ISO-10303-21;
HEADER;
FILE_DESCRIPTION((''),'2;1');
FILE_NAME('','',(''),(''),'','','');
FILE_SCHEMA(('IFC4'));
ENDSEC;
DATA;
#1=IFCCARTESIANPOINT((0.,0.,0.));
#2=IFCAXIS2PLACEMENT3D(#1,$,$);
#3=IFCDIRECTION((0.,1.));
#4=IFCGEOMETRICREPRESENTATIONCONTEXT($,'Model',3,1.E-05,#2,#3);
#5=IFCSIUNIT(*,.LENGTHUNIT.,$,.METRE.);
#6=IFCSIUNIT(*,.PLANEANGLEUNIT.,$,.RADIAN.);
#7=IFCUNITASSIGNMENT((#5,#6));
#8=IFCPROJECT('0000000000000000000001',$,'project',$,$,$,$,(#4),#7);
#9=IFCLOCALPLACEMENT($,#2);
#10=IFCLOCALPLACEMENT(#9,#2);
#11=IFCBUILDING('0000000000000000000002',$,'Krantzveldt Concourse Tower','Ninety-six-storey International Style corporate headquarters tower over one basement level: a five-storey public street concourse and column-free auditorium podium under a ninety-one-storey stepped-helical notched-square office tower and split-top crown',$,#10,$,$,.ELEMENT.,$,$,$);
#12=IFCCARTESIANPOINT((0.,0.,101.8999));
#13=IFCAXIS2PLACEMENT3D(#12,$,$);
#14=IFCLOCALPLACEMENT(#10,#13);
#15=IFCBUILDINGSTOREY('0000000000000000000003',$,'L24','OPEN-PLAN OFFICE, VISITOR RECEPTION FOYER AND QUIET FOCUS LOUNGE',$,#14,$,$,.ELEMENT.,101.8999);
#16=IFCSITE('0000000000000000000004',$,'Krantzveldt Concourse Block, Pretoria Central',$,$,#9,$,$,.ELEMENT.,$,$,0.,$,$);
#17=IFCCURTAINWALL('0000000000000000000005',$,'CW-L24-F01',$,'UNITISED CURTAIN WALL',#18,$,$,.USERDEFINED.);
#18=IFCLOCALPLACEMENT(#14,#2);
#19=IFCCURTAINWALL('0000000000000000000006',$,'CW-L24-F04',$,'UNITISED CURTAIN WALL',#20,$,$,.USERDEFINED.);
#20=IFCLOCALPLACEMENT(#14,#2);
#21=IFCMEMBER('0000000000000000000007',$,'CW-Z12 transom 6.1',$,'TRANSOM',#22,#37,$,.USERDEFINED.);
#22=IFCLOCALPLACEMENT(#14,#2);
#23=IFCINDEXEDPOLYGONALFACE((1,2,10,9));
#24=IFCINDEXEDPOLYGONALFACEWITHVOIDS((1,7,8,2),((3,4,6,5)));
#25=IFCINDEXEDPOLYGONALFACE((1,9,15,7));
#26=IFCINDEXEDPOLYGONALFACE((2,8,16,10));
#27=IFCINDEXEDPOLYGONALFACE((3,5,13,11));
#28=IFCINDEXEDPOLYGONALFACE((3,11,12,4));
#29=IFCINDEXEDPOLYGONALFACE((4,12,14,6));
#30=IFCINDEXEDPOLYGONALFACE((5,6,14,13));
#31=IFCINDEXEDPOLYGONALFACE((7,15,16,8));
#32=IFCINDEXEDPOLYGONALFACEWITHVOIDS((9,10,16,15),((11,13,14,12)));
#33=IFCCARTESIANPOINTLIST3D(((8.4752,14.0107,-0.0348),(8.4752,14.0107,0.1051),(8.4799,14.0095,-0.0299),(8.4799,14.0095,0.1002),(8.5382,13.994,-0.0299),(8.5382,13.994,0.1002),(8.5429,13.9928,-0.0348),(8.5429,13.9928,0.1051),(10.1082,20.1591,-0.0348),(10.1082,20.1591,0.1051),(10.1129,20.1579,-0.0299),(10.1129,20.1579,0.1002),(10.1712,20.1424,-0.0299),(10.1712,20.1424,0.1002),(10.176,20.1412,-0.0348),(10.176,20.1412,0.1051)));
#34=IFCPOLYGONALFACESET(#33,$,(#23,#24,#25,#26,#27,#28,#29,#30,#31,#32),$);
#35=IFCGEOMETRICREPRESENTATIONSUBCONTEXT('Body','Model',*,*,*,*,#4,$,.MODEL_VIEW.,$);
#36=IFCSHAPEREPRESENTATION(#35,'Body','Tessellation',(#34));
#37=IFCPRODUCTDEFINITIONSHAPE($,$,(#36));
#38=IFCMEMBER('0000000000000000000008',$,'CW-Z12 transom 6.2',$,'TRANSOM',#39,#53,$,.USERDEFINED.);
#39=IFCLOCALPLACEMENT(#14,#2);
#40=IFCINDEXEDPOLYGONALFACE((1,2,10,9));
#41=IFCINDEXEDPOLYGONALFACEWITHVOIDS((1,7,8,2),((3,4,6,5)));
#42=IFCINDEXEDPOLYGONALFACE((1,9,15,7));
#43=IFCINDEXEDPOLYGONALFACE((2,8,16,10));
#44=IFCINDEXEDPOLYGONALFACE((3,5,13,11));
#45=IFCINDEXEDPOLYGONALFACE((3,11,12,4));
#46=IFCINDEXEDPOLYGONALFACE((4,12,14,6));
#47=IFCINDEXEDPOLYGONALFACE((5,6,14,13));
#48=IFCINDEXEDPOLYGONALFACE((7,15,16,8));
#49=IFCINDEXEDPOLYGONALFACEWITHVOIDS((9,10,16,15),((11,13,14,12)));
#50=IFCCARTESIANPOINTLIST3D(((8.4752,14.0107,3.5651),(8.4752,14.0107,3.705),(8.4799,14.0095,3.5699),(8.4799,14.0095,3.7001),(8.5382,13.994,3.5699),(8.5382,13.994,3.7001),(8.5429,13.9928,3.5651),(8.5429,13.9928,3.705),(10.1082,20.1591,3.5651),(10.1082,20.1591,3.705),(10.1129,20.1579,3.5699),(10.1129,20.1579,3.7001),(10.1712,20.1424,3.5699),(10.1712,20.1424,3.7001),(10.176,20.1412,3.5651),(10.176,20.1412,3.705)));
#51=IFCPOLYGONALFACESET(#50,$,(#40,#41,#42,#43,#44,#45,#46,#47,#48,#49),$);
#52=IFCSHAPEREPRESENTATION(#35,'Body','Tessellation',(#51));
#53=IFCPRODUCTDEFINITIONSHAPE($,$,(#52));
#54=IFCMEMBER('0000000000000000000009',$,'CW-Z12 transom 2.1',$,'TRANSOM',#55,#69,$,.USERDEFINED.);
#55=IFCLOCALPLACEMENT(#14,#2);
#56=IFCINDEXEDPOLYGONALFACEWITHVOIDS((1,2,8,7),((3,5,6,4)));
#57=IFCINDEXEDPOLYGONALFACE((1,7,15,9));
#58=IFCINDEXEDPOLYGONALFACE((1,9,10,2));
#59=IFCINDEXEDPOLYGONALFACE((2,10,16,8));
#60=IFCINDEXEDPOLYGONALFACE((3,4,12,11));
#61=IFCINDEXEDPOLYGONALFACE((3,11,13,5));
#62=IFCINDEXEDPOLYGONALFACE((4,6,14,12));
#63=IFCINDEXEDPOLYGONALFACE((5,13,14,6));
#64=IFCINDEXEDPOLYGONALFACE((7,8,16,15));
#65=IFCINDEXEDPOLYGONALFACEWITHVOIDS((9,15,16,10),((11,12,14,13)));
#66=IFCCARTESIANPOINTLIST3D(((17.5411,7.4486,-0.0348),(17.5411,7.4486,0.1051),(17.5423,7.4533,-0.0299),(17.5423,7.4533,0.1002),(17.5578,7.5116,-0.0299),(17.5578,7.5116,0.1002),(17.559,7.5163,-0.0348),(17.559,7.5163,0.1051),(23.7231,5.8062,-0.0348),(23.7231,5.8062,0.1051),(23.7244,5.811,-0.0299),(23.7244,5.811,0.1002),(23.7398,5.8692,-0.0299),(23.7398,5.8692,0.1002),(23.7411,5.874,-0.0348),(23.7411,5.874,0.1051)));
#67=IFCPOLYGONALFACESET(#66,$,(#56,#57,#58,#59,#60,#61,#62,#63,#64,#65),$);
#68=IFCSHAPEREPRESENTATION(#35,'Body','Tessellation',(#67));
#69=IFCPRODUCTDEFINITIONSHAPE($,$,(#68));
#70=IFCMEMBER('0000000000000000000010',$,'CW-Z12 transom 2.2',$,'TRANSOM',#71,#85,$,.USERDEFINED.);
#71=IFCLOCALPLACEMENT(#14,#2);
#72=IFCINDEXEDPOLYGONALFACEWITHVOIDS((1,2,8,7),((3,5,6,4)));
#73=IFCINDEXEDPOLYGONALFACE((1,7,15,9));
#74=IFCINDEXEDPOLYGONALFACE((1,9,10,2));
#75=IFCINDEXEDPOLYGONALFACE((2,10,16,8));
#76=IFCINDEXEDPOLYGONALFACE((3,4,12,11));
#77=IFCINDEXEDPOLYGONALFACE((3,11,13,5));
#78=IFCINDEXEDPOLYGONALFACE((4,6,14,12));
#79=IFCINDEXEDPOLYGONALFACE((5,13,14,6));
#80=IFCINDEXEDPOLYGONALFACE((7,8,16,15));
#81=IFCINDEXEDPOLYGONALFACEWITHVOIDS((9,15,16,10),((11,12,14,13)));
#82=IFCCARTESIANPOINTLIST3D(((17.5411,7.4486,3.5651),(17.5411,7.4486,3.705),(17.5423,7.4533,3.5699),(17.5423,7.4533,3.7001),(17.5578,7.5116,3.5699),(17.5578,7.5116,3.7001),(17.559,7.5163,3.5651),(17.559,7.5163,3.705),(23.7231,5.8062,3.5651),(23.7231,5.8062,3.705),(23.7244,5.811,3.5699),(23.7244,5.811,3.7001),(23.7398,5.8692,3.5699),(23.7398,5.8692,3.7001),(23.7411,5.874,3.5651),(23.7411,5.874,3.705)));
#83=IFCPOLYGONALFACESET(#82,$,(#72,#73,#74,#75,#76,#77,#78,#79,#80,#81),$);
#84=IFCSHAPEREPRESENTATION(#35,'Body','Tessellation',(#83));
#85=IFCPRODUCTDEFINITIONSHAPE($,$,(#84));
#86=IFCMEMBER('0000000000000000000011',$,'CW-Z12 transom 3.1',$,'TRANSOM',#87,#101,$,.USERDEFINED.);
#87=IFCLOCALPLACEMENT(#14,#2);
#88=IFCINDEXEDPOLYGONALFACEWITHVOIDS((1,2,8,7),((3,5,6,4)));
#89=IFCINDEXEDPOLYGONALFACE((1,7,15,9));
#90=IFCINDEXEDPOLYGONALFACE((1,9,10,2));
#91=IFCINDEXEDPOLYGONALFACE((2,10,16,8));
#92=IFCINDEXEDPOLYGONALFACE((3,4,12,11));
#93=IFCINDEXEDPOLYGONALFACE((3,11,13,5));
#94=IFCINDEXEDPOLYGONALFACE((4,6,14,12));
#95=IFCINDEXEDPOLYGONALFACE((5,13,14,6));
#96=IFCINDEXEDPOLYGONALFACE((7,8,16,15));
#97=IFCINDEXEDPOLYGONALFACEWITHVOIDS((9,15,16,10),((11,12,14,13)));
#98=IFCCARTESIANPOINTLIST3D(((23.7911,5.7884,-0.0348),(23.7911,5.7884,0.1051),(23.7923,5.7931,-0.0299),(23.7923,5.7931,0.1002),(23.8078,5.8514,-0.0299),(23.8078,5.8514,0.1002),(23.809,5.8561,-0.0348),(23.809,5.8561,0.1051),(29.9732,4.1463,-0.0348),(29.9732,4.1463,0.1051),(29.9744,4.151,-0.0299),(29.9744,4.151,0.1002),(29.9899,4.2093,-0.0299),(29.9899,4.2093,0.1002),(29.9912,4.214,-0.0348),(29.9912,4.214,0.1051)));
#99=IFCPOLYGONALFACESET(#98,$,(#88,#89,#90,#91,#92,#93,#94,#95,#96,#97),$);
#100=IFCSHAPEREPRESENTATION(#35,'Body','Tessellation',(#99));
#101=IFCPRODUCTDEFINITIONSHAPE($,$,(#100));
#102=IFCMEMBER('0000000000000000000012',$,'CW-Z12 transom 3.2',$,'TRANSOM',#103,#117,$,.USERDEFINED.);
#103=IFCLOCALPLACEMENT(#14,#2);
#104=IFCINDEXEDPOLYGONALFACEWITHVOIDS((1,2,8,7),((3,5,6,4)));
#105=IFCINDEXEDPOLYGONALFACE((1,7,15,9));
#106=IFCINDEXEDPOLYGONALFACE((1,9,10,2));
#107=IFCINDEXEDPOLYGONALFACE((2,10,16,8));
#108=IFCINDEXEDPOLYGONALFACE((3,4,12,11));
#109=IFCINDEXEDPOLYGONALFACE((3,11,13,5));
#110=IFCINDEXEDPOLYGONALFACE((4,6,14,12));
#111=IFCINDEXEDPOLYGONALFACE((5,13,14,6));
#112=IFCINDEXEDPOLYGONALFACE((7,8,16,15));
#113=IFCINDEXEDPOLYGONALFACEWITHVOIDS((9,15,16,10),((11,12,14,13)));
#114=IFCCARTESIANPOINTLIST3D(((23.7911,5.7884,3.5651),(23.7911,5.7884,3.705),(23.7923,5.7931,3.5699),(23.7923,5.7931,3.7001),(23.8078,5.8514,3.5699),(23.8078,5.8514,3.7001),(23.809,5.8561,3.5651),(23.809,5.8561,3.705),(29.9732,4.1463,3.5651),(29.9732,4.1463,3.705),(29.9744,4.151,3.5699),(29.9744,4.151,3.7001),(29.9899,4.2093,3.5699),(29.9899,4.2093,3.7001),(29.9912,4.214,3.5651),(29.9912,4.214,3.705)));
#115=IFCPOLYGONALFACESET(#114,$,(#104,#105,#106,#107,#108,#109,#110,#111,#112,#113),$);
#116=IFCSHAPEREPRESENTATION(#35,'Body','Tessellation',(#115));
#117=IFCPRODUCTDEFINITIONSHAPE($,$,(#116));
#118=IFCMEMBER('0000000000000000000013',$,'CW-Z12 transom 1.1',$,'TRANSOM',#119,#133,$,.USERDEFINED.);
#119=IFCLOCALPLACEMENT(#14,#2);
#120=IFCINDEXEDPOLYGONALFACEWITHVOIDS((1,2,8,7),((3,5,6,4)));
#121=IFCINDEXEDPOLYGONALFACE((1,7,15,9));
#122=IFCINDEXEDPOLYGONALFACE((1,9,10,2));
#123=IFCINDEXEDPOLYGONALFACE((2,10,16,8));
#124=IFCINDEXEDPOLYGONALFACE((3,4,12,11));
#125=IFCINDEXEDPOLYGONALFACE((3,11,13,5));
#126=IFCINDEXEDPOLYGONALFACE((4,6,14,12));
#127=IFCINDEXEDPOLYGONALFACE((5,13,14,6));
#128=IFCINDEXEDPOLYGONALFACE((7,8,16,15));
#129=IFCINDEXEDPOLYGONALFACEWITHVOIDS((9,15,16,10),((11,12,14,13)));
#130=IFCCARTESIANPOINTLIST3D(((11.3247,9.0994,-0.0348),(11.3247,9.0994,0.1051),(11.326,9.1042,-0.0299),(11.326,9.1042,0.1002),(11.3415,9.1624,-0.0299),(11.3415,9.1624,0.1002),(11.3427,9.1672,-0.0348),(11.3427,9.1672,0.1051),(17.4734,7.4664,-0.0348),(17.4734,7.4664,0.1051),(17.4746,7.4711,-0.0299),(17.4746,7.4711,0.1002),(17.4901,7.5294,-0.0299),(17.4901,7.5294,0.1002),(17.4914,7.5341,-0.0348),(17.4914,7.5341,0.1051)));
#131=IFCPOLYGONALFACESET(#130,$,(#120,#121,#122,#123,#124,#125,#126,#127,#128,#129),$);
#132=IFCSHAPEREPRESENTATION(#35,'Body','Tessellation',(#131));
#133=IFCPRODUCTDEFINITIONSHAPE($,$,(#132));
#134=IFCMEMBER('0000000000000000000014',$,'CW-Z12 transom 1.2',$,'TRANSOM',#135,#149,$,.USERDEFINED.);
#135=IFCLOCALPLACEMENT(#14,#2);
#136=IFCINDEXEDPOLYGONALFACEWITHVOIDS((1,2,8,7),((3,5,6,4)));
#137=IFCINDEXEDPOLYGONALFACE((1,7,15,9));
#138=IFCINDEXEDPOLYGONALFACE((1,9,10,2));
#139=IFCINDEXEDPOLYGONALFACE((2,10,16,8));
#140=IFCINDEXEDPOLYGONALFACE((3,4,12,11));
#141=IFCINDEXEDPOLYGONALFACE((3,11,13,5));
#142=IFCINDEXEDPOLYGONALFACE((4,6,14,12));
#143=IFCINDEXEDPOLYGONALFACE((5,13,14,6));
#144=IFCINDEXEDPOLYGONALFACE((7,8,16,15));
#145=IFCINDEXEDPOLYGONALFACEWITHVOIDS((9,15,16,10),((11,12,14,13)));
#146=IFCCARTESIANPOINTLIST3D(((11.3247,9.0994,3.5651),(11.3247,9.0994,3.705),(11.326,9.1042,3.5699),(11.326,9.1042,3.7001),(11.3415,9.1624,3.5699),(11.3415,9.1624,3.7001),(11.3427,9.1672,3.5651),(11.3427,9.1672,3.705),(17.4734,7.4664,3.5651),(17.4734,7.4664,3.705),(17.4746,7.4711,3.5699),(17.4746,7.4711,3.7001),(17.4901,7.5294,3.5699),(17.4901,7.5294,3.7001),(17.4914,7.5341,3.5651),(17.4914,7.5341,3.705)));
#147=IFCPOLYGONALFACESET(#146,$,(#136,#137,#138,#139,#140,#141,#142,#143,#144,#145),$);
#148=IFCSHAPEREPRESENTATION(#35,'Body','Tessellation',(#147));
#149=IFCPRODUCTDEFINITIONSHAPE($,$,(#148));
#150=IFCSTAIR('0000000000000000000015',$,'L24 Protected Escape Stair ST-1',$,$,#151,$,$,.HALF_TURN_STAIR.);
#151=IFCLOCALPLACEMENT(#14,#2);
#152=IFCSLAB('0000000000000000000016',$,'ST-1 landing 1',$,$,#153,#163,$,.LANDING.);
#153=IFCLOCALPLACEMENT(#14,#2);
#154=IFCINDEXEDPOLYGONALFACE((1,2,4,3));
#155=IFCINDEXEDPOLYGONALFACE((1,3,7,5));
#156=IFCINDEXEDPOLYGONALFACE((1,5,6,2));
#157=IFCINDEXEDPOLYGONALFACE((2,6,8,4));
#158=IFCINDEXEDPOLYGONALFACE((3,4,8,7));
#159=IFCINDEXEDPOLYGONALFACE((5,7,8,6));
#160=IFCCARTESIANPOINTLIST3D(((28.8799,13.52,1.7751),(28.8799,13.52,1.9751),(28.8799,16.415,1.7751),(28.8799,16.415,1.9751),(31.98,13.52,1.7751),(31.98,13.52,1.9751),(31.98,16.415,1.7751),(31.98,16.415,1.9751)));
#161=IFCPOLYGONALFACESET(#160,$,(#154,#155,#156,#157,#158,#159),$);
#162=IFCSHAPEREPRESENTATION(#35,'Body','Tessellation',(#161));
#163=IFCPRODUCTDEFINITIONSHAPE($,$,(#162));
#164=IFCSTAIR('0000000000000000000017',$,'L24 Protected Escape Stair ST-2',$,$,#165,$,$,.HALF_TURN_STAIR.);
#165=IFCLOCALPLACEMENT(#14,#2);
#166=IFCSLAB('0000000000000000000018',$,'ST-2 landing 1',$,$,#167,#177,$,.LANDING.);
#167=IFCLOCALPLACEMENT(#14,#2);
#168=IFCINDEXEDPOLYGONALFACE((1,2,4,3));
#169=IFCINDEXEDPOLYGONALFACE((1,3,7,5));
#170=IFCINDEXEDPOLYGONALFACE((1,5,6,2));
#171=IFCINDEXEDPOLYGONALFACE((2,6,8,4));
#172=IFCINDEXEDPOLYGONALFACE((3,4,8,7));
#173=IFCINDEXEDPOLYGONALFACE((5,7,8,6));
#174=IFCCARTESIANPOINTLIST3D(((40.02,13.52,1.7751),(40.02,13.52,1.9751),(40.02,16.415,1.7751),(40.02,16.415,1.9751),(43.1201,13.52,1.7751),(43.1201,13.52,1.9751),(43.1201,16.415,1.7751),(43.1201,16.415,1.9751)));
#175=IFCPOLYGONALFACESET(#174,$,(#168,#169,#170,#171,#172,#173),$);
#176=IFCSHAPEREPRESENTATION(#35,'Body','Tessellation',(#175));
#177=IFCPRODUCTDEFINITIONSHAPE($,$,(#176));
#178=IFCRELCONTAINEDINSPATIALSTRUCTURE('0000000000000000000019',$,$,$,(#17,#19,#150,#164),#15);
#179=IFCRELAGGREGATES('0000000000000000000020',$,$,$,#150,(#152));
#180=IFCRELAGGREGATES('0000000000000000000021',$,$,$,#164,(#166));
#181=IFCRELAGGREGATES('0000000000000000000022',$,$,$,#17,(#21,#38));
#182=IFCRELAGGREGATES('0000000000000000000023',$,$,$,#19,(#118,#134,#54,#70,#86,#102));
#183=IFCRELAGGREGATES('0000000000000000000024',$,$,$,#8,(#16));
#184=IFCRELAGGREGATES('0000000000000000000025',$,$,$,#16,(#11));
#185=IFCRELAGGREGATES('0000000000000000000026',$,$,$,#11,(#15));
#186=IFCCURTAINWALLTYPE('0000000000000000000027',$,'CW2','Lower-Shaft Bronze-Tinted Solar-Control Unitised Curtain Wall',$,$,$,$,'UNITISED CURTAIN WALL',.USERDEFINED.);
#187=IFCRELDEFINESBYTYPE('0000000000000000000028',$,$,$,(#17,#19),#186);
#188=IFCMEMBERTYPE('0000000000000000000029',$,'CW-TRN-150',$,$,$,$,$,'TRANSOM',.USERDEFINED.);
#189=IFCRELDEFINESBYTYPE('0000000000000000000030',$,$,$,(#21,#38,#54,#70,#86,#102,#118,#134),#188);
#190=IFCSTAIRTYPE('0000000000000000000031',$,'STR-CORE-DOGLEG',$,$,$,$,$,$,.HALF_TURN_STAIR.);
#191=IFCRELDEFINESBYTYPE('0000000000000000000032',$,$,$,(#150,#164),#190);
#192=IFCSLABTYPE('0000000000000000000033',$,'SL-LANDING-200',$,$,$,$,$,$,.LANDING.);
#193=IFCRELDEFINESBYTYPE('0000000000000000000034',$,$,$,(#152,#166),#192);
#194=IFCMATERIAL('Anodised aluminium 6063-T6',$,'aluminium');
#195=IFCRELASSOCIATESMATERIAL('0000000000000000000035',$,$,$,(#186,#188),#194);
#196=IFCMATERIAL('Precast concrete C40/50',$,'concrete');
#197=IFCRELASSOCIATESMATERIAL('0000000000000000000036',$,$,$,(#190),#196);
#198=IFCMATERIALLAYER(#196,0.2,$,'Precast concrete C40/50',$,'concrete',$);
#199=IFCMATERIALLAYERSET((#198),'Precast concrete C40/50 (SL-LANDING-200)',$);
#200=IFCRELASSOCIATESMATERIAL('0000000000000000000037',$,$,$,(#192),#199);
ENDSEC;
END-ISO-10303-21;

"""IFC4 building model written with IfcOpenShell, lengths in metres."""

from ifc_helpers import new_model, si_unit, direction, frame, origin, origin_2d, place, context, subcontext, project, spatial, polyline, hollow_rectangle, outline, extrude, source, transform, mapped, material, layer, layer_set, material_profile, profile_set, type_object, type_shapes, element, aggregate, save


model = new_model("IFC4")

# Units and contexts
model_context = context("Model", 3, precision=1e-05, world=origin(), true_north=direction((0.0, 1.0)))
body_context = subcontext(model_context, "Body", "Model", "MODEL_VIEW")
ifc_project = project(units=[si_unit("LENGTHUNIT", "METRE"), si_unit("PLANEANGLEUNIT", "RADIAN")], contexts=[model_context])

# Site, building, storey
site_placement = place(None, origin())
site = spatial("IfcSite", under=ifc_project, at=site_placement, Name="Krantzveldt Concourse Block, Pretoria Central", CompositionType="ELEMENT", RefElevation=0.0)
building_placement = place(site_placement, origin())
building = spatial("IfcBuilding", under=site, at=building_placement, Name="Krantzveldt Concourse Tower", Description="Ninety-six-storey International Style corporate headquarters tower over one basement level: a five-storey public street concourse and column-free auditorium podium under a ninety-one-storey stepped-helical notched-square office tower and split-top crown", CompositionType="ELEMENT")
storey_placement = place(building_placement, frame((0.0, 0.0, 101.8999)))
storey = spatial("IfcBuildingStorey", under=building, at=storey_placement, Name="L24", Description="OPEN-PLAN OFFICE, VISITOR RECEPTION FOYER AND QUIET FOCUS LOUNGE", CompositionType="ELEMENT", Elevation=101.8999)

# Curtain walls
ifc_material_1 = material(Name="Anodised aluminium 6063-T6", Category="aluminium")
curtain_wall_type = type_object("IfcCurtainWallType", Name="CW2", Description="Lower-Shaft Bronze-Tinted Solar-Control Unitised Curtain Wall", ElementType="UNITISED CURTAIN WALL", PredefinedType="USERDEFINED", material=ifc_material_1)
curtain_wall_1_placement = place(storey_placement, origin())
curtain_wall_1 = element("IfcCurtainWall", 1, at=curtain_wall_1_placement, inside=storey, type_object=curtain_wall_type, Name="CW-L24-F01", ObjectType="UNITISED CURTAIN WALL", PredefinedType="USERDEFINED")
curtain_wall_2_placement = place(storey_placement, origin())
curtain_wall_2 = element("IfcCurtainWall", 2, at=curtain_wall_2_placement, inside=storey, type_object=curtain_wall_type, Name="CW-L24-F04", ObjectType="UNITISED CURTAIN WALL", PredefinedType="USERDEFINED")

# Members
ifc_material_profile_1 = material_profile(ifc_material_1, hollow_rectangle(XDim=0.0701, YDim=0.1399, WallThickness=0.0049, at=origin_2d()), Name="Anodised aluminium 6063-T6", Category="aluminium")
ifc_profile_set_1 = profile_set([ifc_material_profile_1], Name="Anodised aluminium 6063-T6 - ALU-TRAN 140x70x5")
member_type_1 = type_object("IfcMemberType", Name="CW-TRN-150", ElementType="TRANSOM", PredefinedType="USERDEFINED", material=ifc_profile_set_1)
shared_shape_1 = source(origin(), body_context, "Body", "SweptSolid", [
    extrude(hollow_rectangle(XDim=0.0701, YDim=0.1399, WallThickness=0.0049, at=origin_2d()), origin(), (0.0, 0.0, 1.0), 6.3616),
])
member_1_placement = place(storey_placement, frame((10.1421, 20.1501, 0.0352), z_axis=(-0.256705, -0.96649, 0.0), x_axis=(0.96649, -0.256705, 0.0)))
member_1 = element("IfcMember", 3, at=member_1_placement, type_object=member_type_1, Name="CW-Z12 transom 6.1", ObjectType="TRANSOM", PredefinedType="USERDEFINED", context=body_context, shape_type="MappedRepresentation", body=[
    mapped(shared_shape_1, transform((0.0, 0.0, 0.0), x_axis=(1.0, 0.0, 0.0), y_axis=(0.0, 1.0, 0.0), z_axis=(0.0, 0.0, 1.0), scale=1.0)),
])
member_2_placement = place(storey_placement, frame((10.1421, 20.1501, 3.635), z_axis=(-0.256705, -0.96649, 0.0), x_axis=(0.96649, -0.256705, 0.0)))
member_2 = element("IfcMember", 4, at=member_2_placement, type_object=member_type_1, Name="CW-Z12 transom 6.2", ObjectType="TRANSOM", PredefinedType="USERDEFINED", context=body_context, shape_type="MappedRepresentation", body=[
    mapped(shared_shape_1, transform((0.0, 0.0, 0.0), x_axis=(1.0, 0.0, 0.0), y_axis=(0.0, 1.0, 0.0), z_axis=(0.0, 0.0, 1.0), scale=1.0)),
])
shared_shape_2 = source(origin(), body_context, "Body", "SweptSolid", [
    extrude(hollow_rectangle(XDim=0.0701, YDim=0.1399, WallThickness=0.0049, at=origin_2d()), origin(), (0.0, 0.0, 1.0), 6.3965),
])
member_3_placement = place(storey_placement, frame((17.55, 7.4824, 0.0352), z_axis=(0.966477, -0.256753, 0.0), x_axis=(0.256753, 0.966477, 0.0)))
member_3 = element("IfcMember", 5, at=member_3_placement, type_object=member_type_1, Name="CW-Z12 transom 2.1", ObjectType="TRANSOM", PredefinedType="USERDEFINED", context=body_context, shape_type="MappedRepresentation", body=[
    mapped(shared_shape_2, transform((0.0, 0.0, 0.0), x_axis=(1.0, 0.0, 0.0), y_axis=(0.0, 1.0, 0.0), z_axis=(0.0, 0.0, 1.0), scale=1.0)),
])
member_4_placement = place(storey_placement, frame((17.55, 7.4824, 3.635), z_axis=(0.966477, -0.256753, 0.0), x_axis=(0.256753, 0.966477, 0.0)))
member_4 = element("IfcMember", 6, at=member_4_placement, type_object=member_type_1, Name="CW-Z12 transom 2.2", ObjectType="TRANSOM", PredefinedType="USERDEFINED", context=body_context, shape_type="MappedRepresentation", body=[
    mapped(shared_shape_2, transform((0.0, 0.0, 0.0), x_axis=(1.0, 0.0, 0.0), y_axis=(0.0, 1.0, 0.0), z_axis=(0.0, 0.0, 1.0), scale=1.0)),
])
member_5_placement = place(storey_placement, frame((23.8, 5.8223, 0.0352), z_axis=(0.966487, -0.256717, 0.0), x_axis=(0.256717, 0.966487, 0.0)))
member_5 = element("IfcMember", 7, at=member_5_placement, type_object=member_type_1, Name="CW-Z12 transom 3.1", ObjectType="TRANSOM", PredefinedType="USERDEFINED", context=body_context, shape_type="MappedRepresentation", body=[
    mapped(shared_shape_2, transform((0.0, 0.0, 0.0), x_axis=(1.0, 0.0, 0.0), y_axis=(0.0, 1.0, 0.0), z_axis=(0.0, 0.0, 1.0), scale=1.0)),
])
member_6_placement = place(storey_placement, frame((23.8, 5.8223, 3.635), z_axis=(0.966487, -0.256717, 0.0), x_axis=(0.256717, 0.966487, 0.0)))
member_6 = element("IfcMember", 8, at=member_6_placement, type_object=member_type_1, Name="CW-Z12 transom 3.2", ObjectType="TRANSOM", PredefinedType="USERDEFINED", context=body_context, shape_type="MappedRepresentation", body=[
    mapped(shared_shape_2, transform((0.0, 0.0, 0.0), x_axis=(1.0, 0.0, 0.0), y_axis=(0.0, 1.0, 0.0), z_axis=(0.0, 0.0, 1.0), scale=1.0)),
])
shared_shape_3 = source(origin(), body_context, "Body", "SweptSolid", [
    extrude(hollow_rectangle(XDim=0.0701, YDim=0.1399, WallThickness=0.0049, at=origin_2d()), origin(), (0.0, 0.0, 1.0), 6.3618),
])
type_shapes(member_type_1, [shared_shape_1, shared_shape_2, shared_shape_3])
member_7_placement = place(storey_placement, frame((11.3337, 9.1333, 0.0352), z_axis=(0.966492, -0.256695, 0.0), x_axis=(0.256695, 0.966492, 0.0)))
member_7 = element("IfcMember", 9, at=member_7_placement, type_object=member_type_1, Name="CW-Z12 transom 1.1", ObjectType="TRANSOM", PredefinedType="USERDEFINED", context=body_context, shape_type="MappedRepresentation", body=[
    mapped(shared_shape_3, transform((0.0, 0.0, 0.0), x_axis=(1.0, 0.0, 0.0), y_axis=(0.0, 1.0, 0.0), z_axis=(0.0, 0.0, 1.0), scale=1.0)),
])
member_8_placement = place(storey_placement, frame((11.3337, 9.1333, 3.635), z_axis=(0.966492, -0.256695, 0.0), x_axis=(0.256695, 0.966492, 0.0)))
member_8 = element("IfcMember", 10, at=member_8_placement, type_object=member_type_1, Name="CW-Z12 transom 1.2", ObjectType="TRANSOM", PredefinedType="USERDEFINED", context=body_context, shape_type="MappedRepresentation", body=[
    mapped(shared_shape_3, transform((0.0, 0.0, 0.0), x_axis=(1.0, 0.0, 0.0), y_axis=(0.0, 1.0, 0.0), z_axis=(0.0, 0.0, 1.0), scale=1.0)),
])

# Stairs, slabs
ifc_material_2 = material(Name="Precast concrete C40/50", Category="concrete")
stair_type = type_object("IfcStairType", Name="STR-CORE-DOGLEG", PredefinedType="HALF_TURN_STAIR", material=ifc_material_2)
stair_1_placement = place(storey_placement, origin())
stair_1 = element("IfcStair", 11, at=stair_1_placement, inside=storey, type_object=stair_type, Name="L24 Protected Escape Stair ST-1", PredefinedType="HALF_TURN_STAIR")
ifc_layer_1 = layer(ifc_material_2, 0.2, Name="Precast concrete C40/50", Category="concrete")
ifc_layer_set_1 = layer_set([ifc_layer_1], Name="Precast concrete C40/50 (SL-LANDING-200)")
slab_type_1 = type_object("IfcSlabType", Name="SL-LANDING-200", PredefinedType="LANDING", material=ifc_layer_set_1)
slab_1_placement = place(storey_placement, frame((0.0, 0.0, 1.7751)))
slab_1 = element("IfcSlab", 12, at=slab_1_placement, type_object=slab_type_1, Name="ST-1 landing 1", PredefinedType="LANDING", context=body_context, shape_type="SweptSolid", body=[
    extrude(outline(polyline([(28.8799, 16.415), (28.8799, 13.52), (31.98, 13.52), (31.98, 16.415), (28.8799, 16.415)])), origin(), (0.0, 0.0, 1.0), 0.2),
])
aggregate(stair_1, [slab_1])
stair_2_placement = place(storey_placement, origin())
stair_2 = element("IfcStair", 13, at=stair_2_placement, inside=storey, type_object=stair_type, Name="L24 Protected Escape Stair ST-2", PredefinedType="HALF_TURN_STAIR")
slab_2_placement = place(storey_placement, frame((0.0, 0.0, 1.7751)))
slab_2 = element("IfcSlab", 14, at=slab_2_placement, type_object=slab_type_1, Name="ST-2 landing 1", PredefinedType="LANDING", context=body_context, shape_type="SweptSolid", body=[
    extrude(outline(polyline([(40.02, 16.415), (40.02, 13.52), (43.1201, 13.52), (43.1201, 16.415), (40.02, 16.415)])), origin(), (0.0, 0.0, 1.0), 0.2),
])
aggregate(stair_2, [slab_2])

aggregate(curtain_wall_1, [member_1, member_2])
aggregate(curtain_wall_2, [member_7, member_8, member_3, member_4, member_5, member_6])

save(model, "model.ifc")
